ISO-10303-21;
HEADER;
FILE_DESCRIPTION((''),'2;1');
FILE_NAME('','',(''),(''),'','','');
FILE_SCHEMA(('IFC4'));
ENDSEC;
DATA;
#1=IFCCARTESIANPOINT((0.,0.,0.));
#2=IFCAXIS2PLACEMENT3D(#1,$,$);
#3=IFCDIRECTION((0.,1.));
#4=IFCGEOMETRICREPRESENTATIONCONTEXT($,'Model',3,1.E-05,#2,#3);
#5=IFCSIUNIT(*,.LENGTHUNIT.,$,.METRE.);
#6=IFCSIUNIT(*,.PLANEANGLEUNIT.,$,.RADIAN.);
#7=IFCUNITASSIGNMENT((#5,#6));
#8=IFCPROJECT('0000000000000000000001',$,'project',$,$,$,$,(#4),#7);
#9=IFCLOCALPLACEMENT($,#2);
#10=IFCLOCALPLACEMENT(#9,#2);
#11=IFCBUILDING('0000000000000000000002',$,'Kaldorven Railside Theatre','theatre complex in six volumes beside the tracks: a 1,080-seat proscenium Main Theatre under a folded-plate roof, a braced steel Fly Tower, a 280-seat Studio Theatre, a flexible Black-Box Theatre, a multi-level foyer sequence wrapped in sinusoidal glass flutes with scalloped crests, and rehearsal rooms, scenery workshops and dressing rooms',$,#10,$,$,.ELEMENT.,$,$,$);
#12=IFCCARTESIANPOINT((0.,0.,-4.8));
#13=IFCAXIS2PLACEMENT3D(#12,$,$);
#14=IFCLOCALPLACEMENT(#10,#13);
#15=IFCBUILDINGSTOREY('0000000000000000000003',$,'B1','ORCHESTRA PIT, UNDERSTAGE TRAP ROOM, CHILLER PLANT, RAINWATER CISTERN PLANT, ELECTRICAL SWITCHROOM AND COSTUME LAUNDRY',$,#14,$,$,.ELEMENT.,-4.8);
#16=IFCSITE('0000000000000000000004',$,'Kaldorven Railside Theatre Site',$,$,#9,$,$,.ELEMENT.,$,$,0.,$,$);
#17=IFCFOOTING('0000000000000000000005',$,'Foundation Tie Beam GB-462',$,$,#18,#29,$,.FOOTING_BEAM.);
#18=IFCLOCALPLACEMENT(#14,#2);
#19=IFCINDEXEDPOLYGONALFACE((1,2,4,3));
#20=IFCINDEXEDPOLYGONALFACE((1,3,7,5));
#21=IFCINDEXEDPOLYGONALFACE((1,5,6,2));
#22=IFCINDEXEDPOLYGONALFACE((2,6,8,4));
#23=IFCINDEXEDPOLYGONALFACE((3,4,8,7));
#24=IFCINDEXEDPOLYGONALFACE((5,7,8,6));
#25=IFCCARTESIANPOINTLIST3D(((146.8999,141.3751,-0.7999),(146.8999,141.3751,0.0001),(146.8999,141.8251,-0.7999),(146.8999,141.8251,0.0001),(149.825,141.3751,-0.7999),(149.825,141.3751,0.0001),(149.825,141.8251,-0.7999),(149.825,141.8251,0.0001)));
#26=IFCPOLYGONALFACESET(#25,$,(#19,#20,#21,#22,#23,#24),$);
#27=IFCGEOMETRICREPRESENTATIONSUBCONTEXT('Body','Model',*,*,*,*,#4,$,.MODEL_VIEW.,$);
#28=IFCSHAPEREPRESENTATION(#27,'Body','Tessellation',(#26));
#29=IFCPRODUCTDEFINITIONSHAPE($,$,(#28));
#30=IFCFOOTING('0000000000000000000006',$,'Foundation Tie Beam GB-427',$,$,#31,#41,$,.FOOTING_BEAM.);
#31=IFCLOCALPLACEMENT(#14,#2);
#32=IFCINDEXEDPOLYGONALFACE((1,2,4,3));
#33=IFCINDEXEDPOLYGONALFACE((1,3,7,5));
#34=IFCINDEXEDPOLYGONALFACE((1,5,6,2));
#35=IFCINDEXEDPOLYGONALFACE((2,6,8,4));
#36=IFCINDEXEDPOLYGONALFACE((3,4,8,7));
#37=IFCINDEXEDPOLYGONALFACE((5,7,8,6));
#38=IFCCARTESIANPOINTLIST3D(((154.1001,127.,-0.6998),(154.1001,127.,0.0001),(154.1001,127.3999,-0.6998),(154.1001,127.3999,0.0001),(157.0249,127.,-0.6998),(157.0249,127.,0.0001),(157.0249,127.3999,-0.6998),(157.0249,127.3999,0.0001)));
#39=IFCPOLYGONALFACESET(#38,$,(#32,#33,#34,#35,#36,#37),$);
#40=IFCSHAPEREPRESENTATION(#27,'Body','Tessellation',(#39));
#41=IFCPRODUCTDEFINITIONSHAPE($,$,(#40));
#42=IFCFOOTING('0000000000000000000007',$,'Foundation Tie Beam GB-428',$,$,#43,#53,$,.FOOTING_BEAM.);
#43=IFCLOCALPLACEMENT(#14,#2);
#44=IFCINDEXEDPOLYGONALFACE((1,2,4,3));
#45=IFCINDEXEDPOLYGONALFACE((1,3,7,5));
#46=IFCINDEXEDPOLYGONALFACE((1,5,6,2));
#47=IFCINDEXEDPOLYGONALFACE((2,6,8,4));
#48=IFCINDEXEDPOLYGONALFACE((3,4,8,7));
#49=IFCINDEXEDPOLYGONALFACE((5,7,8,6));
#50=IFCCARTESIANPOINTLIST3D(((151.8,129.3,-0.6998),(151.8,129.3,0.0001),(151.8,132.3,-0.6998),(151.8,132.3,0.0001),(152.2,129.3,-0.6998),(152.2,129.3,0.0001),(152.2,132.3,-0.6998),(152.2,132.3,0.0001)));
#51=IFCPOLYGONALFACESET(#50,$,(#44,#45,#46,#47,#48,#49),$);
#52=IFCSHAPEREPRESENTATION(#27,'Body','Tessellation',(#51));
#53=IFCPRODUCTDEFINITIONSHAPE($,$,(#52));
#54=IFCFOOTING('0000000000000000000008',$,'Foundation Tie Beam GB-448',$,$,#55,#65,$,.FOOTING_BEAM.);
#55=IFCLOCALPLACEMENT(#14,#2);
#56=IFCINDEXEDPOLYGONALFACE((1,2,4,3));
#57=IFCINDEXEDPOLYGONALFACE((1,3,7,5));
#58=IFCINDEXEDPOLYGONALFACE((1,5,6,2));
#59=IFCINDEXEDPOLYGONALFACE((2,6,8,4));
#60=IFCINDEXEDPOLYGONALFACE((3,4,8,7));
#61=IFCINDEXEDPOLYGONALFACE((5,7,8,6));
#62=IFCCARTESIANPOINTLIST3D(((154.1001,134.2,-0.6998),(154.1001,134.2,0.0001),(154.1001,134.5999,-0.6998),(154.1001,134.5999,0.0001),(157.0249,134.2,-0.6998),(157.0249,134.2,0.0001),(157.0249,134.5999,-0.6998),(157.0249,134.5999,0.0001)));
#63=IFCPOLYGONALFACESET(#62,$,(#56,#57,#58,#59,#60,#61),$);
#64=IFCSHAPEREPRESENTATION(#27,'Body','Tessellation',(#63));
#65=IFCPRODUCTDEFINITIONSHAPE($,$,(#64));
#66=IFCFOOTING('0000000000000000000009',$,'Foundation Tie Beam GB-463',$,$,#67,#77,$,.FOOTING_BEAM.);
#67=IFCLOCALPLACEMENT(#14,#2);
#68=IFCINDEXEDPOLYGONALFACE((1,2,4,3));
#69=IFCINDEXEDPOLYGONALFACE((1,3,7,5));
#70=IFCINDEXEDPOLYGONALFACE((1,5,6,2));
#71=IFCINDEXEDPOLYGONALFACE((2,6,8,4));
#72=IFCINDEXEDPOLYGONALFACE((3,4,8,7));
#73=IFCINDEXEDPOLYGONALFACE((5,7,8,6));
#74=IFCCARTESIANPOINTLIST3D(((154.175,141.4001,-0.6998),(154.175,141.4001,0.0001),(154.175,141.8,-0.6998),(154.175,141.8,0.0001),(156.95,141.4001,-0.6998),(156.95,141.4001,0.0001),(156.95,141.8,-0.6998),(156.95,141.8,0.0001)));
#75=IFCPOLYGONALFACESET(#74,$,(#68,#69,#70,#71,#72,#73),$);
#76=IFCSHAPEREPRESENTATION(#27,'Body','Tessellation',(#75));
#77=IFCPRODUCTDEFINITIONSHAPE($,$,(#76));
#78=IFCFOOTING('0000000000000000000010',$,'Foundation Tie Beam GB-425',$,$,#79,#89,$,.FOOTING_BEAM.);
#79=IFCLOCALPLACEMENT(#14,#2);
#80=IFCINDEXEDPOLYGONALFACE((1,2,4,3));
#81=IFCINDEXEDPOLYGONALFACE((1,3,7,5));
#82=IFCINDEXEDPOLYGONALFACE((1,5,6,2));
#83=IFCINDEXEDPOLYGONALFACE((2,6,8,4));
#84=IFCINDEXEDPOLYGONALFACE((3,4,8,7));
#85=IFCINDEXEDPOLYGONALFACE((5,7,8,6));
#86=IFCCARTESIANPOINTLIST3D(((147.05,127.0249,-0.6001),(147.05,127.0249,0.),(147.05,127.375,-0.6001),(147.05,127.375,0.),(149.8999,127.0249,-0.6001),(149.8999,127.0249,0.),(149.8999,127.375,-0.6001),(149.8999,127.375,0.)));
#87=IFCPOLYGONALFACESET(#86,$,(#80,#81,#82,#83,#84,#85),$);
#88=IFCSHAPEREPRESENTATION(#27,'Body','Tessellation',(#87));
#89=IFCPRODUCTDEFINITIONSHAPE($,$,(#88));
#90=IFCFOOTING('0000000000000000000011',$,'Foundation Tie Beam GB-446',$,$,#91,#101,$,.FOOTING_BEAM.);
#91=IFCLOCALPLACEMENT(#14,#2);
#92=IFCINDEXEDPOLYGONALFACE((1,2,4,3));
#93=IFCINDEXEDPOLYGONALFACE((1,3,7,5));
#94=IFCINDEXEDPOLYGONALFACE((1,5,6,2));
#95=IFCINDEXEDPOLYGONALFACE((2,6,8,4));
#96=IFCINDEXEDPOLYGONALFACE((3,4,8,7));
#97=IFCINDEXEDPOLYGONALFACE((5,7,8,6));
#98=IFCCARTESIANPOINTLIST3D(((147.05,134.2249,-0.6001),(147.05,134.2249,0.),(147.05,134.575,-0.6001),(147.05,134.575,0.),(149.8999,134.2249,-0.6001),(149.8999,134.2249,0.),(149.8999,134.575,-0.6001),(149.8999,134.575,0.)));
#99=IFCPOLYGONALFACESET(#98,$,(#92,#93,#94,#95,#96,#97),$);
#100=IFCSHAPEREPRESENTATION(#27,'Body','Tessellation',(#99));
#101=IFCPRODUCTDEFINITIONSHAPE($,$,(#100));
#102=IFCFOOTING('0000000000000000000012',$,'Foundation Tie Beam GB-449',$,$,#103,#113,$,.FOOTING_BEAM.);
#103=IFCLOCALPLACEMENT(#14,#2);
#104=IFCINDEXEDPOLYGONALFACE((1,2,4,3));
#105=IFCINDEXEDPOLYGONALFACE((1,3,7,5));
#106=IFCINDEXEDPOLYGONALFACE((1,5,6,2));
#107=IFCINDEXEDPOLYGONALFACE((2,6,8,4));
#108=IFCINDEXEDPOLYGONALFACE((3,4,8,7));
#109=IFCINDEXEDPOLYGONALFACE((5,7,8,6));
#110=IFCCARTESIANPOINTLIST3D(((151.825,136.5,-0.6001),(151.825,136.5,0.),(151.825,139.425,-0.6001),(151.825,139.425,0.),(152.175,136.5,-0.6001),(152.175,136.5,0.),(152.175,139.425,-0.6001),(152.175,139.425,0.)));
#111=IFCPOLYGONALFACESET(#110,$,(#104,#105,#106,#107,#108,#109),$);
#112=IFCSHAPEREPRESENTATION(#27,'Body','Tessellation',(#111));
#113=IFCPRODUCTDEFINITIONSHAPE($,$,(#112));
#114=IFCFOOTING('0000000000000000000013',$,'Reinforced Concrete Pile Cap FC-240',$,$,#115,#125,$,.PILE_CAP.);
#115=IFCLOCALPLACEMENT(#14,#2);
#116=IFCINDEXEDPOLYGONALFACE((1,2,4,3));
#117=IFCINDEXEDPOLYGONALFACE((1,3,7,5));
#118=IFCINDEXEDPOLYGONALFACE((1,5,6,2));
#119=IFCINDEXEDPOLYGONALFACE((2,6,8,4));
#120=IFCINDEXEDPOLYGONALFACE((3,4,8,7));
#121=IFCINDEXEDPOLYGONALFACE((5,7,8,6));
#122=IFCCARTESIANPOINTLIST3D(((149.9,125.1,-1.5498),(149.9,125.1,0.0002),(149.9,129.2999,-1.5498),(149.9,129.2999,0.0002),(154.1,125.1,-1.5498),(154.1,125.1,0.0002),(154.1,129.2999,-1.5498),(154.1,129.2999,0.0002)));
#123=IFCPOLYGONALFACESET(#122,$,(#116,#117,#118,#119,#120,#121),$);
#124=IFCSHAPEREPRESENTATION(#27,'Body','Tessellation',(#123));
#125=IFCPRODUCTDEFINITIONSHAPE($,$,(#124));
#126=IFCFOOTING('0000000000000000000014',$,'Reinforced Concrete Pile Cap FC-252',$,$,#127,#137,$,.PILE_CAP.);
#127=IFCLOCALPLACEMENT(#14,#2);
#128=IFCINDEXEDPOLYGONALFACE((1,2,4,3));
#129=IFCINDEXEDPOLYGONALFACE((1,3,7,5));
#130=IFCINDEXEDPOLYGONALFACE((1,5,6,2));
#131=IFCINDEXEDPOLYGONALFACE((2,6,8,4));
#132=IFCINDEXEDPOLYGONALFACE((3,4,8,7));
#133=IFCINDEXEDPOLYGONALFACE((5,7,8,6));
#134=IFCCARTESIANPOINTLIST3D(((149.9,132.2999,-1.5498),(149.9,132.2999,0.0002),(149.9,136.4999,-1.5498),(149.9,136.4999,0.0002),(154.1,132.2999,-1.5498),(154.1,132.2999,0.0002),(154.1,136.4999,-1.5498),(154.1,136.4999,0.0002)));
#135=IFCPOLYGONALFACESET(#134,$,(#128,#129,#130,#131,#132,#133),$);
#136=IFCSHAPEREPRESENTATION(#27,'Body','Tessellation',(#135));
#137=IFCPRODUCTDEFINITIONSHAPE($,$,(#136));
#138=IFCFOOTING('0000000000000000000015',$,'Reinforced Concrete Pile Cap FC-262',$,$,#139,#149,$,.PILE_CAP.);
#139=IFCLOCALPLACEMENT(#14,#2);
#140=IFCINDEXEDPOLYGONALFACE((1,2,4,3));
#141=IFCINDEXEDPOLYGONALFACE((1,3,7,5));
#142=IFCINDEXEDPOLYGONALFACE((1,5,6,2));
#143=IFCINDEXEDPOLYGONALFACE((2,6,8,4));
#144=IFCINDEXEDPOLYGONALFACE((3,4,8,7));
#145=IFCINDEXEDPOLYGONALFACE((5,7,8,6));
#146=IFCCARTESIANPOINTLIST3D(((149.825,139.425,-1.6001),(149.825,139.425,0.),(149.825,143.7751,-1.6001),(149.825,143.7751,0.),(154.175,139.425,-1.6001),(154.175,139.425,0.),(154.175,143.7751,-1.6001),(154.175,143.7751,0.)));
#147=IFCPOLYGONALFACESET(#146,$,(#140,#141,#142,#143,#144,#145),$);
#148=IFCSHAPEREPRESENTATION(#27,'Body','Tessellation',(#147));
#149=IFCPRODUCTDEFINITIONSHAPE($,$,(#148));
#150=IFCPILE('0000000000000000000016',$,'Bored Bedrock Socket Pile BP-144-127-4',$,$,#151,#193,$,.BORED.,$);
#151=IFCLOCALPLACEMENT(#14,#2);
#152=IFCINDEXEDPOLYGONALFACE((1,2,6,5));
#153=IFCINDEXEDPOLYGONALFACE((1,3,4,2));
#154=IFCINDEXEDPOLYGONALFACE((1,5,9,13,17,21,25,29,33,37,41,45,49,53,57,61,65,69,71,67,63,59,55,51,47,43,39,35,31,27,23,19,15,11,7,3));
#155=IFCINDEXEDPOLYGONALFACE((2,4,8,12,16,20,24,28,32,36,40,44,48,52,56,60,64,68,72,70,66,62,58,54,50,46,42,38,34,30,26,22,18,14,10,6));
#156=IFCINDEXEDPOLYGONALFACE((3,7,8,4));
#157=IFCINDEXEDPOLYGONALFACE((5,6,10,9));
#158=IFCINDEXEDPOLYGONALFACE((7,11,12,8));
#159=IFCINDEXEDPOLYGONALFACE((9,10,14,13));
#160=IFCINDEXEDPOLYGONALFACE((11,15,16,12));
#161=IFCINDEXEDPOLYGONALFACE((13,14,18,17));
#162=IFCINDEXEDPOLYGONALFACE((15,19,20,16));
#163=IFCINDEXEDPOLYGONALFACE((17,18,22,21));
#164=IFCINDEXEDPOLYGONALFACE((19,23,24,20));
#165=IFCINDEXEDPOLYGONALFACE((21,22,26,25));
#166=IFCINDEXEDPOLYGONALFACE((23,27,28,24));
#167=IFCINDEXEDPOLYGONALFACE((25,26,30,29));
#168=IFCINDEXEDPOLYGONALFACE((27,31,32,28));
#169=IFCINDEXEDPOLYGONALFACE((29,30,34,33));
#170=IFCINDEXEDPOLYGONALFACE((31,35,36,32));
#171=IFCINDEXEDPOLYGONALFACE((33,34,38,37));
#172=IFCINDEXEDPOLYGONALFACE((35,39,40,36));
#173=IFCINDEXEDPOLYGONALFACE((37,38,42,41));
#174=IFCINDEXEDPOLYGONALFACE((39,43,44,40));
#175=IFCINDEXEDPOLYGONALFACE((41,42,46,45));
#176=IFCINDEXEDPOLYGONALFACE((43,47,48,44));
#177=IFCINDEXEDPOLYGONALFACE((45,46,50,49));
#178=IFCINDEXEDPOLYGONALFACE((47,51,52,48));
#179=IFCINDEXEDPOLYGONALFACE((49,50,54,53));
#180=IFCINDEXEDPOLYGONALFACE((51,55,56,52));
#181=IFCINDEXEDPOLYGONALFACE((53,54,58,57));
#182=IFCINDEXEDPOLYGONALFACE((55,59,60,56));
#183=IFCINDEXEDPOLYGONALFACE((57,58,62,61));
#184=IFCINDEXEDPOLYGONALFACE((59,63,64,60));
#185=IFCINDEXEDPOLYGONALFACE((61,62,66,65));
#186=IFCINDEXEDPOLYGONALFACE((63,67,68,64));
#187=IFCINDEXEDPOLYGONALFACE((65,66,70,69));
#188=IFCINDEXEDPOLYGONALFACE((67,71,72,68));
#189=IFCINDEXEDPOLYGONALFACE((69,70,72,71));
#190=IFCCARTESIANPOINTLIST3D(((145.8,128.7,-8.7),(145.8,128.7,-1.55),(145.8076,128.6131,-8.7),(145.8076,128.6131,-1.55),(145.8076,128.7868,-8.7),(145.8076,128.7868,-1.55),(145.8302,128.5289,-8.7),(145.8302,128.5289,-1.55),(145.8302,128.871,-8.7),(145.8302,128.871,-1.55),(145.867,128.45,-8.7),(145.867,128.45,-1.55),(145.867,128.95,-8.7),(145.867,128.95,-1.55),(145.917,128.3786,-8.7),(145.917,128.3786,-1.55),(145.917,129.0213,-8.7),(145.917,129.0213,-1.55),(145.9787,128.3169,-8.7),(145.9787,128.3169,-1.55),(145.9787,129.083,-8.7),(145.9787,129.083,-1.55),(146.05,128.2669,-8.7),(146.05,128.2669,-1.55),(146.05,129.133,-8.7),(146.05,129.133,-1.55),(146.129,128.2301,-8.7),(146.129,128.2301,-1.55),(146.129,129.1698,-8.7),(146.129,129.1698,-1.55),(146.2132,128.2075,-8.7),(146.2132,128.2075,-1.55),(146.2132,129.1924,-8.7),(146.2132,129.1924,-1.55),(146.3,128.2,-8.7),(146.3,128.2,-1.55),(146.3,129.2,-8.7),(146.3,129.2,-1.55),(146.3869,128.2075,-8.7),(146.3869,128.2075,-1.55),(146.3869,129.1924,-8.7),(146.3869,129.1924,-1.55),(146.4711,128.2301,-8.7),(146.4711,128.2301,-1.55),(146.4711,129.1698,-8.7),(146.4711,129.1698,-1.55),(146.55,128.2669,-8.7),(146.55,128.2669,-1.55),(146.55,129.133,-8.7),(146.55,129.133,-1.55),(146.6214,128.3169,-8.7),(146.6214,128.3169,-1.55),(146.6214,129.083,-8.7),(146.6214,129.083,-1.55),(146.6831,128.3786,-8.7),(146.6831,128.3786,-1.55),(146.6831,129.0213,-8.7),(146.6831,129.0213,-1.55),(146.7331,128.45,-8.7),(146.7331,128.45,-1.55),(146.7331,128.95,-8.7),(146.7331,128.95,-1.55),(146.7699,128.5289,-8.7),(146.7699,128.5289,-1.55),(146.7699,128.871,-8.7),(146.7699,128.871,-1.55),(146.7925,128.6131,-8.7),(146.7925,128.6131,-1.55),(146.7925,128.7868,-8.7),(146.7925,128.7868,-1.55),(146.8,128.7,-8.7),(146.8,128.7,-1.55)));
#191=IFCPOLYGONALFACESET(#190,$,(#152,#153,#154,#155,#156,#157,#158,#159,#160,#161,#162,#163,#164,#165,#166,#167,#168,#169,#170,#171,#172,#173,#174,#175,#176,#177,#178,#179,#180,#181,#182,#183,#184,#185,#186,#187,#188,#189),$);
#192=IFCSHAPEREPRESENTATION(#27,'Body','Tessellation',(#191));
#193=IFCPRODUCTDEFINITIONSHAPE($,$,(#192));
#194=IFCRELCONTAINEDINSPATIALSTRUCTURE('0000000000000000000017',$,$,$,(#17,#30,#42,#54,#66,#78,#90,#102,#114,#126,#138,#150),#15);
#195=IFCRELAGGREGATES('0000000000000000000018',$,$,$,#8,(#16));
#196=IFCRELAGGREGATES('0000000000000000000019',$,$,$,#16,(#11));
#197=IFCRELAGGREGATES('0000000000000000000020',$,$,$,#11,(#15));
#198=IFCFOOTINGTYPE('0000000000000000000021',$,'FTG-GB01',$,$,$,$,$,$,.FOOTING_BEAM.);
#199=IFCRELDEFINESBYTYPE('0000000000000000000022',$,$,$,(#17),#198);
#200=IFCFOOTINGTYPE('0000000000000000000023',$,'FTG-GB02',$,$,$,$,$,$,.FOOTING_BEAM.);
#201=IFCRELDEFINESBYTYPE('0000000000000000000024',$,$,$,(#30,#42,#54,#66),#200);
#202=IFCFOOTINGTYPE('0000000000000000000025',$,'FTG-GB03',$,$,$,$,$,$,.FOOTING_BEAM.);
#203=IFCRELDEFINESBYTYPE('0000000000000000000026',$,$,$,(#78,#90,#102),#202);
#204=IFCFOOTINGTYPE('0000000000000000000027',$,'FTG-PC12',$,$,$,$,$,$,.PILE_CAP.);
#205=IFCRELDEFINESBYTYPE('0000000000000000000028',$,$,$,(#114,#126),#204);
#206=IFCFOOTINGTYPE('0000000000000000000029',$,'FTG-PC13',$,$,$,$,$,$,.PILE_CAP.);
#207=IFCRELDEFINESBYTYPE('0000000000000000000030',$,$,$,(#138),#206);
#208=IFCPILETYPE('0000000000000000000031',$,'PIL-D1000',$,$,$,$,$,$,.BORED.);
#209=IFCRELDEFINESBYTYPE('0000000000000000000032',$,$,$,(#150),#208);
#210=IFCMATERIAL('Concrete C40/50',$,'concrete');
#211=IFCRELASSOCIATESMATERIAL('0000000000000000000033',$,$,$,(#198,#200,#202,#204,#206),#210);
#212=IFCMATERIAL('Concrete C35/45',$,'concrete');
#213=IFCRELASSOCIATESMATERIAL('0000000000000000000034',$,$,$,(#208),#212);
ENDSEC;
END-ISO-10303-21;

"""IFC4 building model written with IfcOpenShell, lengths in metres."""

from ifc_helpers import new_model, si_unit, direction, frame, origin, origin_2d, place, context, subcontext, project, spatial, rectangle, circle, extrude, material, material_profile, profile_set, type_object, element, save


model = new_model("IFC4")

# Units and contexts
model_context = context("Model", 3, precision=1e-05, world=origin(), true_north=direction((0.0, 1.0)))
body_context = subcontext(model_context, "Body", "Model", "MODEL_VIEW")
ifc_project = project(units=[si_unit("LENGTHUNIT", "METRE"), si_unit("PLANEANGLEUNIT", "RADIAN")], contexts=[model_context])

# Site, building, storey
site_placement = place(None, origin())
site = spatial("IfcSite", under=ifc_project, at=site_placement, Name="Kaldorven Railside Theatre Site", CompositionType="ELEMENT", RefElevation=0.0)
building_placement = place(site_placement, origin())
building = spatial("IfcBuilding", under=site, at=building_placement, Name="Kaldorven Railside Theatre", Description="theatre complex in six volumes beside the tracks: a 1,080-seat proscenium Main Theatre under a folded-plate roof, a braced steel Fly Tower, a 280-seat Studio Theatre, a flexible Black-Box Theatre, a multi-level foyer sequence wrapped in sinusoidal glass flutes with scalloped crests, and rehearsal rooms, scenery workshops and dressing rooms", CompositionType="ELEMENT")
storey_placement = place(building_placement, frame((0.0, 0.0, -4.8)))
storey = spatial("IfcBuildingStorey", under=building, at=storey_placement, Name="B1", Description="ORCHESTRA PIT, UNDERSTAGE TRAP ROOM, CHILLER PLANT, RAINWATER CISTERN PLANT, ELECTRICAL SWITCHROOM AND COSTUME LAUNDRY", CompositionType="ELEMENT", Elevation=-4.8)

# Footings
ifc_material_1 = material(Name="Concrete C40/50", Category="concrete")
ifc_material_profile_1 = material_profile(ifc_material_1, rectangle(XDim=0.45, YDim=0.8, at=origin_2d()), Name="RC 450x800")
ifc_profile_set_1 = profile_set([ifc_material_profile_1], Name="Concrete C40/50")
footing_type_1 = type_object("IfcFootingType", Name="FTG-GB01", PredefinedType="FOOTING_BEAM", material=ifc_profile_set_1)
footing_1_placement = place(storey_placement, frame((146.8999, 141.6001, -0.3999), z_axis=(1.0, 0.0, 0.0), x_axis=(0.0, 1.0, 0.0)))
element("IfcFooting", 1, at=footing_1_placement, inside=storey, type_object=footing_type_1, Name="Foundation Tie Beam GB-462", PredefinedType="FOOTING_BEAM", context=body_context, shape_type="SweptSolid", body=[
    extrude(rectangle(XDim=0.45, YDim=0.8, at=origin_2d()), origin(), (0.0, 0.0, 1.0), 2.925),
])
ifc_material_profile_2 = material_profile(ifc_material_1, rectangle(XDim=0.3999, YDim=0.7, at=origin_2d()), Name="RC 400x700")
ifc_profile_set_2 = profile_set([ifc_material_profile_2], Name="Concrete C40/50")
footing_type_2 = type_object("IfcFootingType", Name="FTG-GB02", PredefinedType="FOOTING_BEAM", material=ifc_profile_set_2)
footing_2_placement = place(storey_placement, frame((154.1001, 127.2, -0.3499), z_axis=(1.0, 0.0, 0.0), x_axis=(0.0, 1.0, 0.0)))
element("IfcFooting", 2, at=footing_2_placement, inside=storey, type_object=footing_type_2, Name="Foundation Tie Beam GB-427", PredefinedType="FOOTING_BEAM", context=body_context, shape_type="SweptSolid", body=[
    extrude(rectangle(XDim=0.3999, YDim=0.7, at=origin_2d()), origin(), (0.0, 0.0, 1.0), 2.9248),
])
footing_3_placement = place(storey_placement, frame((152.0, 129.3, -0.3499), z_axis=(0.0, 1.0, 0.0), x_axis=(-1.0, 0.0, 0.0)))
element("IfcFooting", 3, at=footing_3_placement, inside=storey, type_object=footing_type_2, Name="Foundation Tie Beam GB-428", PredefinedType="FOOTING_BEAM", context=body_context, shape_type="SweptSolid", body=[
    extrude(rectangle(XDim=0.3999, YDim=0.7, at=origin_2d()), origin(), (0.0, 0.0, 1.0), 3.0),
])
footing_4_placement = place(storey_placement, frame((154.1001, 134.3999, -0.3499), z_axis=(1.0, 0.0, 0.0), x_axis=(0.0, 1.0, 0.0)))
element("IfcFooting", 4, at=footing_4_placement, inside=storey, type_object=footing_type_2, Name="Foundation Tie Beam GB-448", PredefinedType="FOOTING_BEAM", context=body_context, shape_type="SweptSolid", body=[
    extrude(rectangle(XDim=0.3999, YDim=0.7, at=origin_2d()), origin(), (0.0, 0.0, 1.0), 2.9248),
])
footing_5_placement = place(storey_placement, frame((154.175, 141.6001, -0.3499), z_axis=(1.0, 0.0, 0.0), x_axis=(0.0, 1.0, 0.0)))
element("IfcFooting", 5, at=footing_5_placement, inside=storey, type_object=footing_type_2, Name="Foundation Tie Beam GB-463", PredefinedType="FOOTING_BEAM", context=body_context, shape_type="SweptSolid", body=[
    extrude(rectangle(XDim=0.3999, YDim=0.7, at=origin_2d()), origin(), (0.0, 0.0, 1.0), 2.7749),
])
ifc_material_profile_3 = material_profile(ifc_material_1, rectangle(XDim=0.3501, YDim=0.6001, at=origin_2d()), Name="RC 350x600")
ifc_profile_set_3 = profile_set([ifc_material_profile_3], Name="Concrete C40/50")
footing_type_3 = type_object("IfcFootingType", Name="FTG-GB03", PredefinedType="FOOTING_BEAM", material=ifc_profile_set_3)
for number, where, z_axis, x_axis, name in (
    (6, (147.05, 127.2, -0.3), (1.0, 0.0, 0.0), (0.0, 1.0, 0.0), "Foundation Tie Beam GB-425"),
    (7, (147.05, 134.3999, -0.3), (1.0, 0.0, 0.0), (0.0, 1.0, 0.0), "Foundation Tie Beam GB-446"),
):
    element("IfcFooting", number, at=place(storey_placement, frame(where, z_axis=z_axis, x_axis=x_axis)), inside=storey, type_object=footing_type_3, Name=name, PredefinedType="FOOTING_BEAM", context=body_context, shape_type="SweptSolid", body=[
        extrude(rectangle(XDim=0.3501, YDim=0.6001, at=origin_2d()), origin(), (0.0, 0.0, 1.0), 2.8499),
    ])
footing_6_placement = place(storey_placement, frame((152.0, 136.5, -0.3), z_axis=(0.0, 1.0, 0.0), x_axis=(-1.0, 0.0, 0.0)))
element("IfcFooting", 8, at=footing_6_placement, inside=storey, type_object=footing_type_3, Name="Foundation Tie Beam GB-449", PredefinedType="FOOTING_BEAM", context=body_context, shape_type="SweptSolid", body=[
    extrude(rectangle(XDim=0.3501, YDim=0.6001, at=origin_2d()), origin(), (0.0, 0.0, 1.0), 2.925),
])
footing_type_4 = type_object("IfcFootingType", Name="FTG-PC12", PredefinedType="PILE_CAP", material=ifc_material_1)
for number, where, z_axis, x_axis, name in (
    (9, (152.0, 127.2, -1.5498), (0.0, 0.0, 1.0), (1.0, 0.0, 0.0), "Reinforced Concrete Pile Cap FC-240"),
    (10, (152.0, 134.3999, -1.5498), (0.0, 0.0, 1.0), (1.0, 0.0, 0.0), "Reinforced Concrete Pile Cap FC-252"),
):
    element("IfcFooting", number, at=place(storey_placement, frame(where, z_axis=z_axis, x_axis=x_axis)), inside=storey, type_object=footing_type_4, Name=name, PredefinedType="PILE_CAP", context=body_context, shape_type="SweptSolid", body=[
        extrude(rectangle(XDim=4.2, YDim=4.2, at=origin_2d()), origin(), (0.0, 0.0, 1.0), 1.55),
    ])
footing_type_5 = type_object("IfcFootingType", Name="FTG-PC13", PredefinedType="PILE_CAP", material=ifc_material_1)
footing_7_placement = place(storey_placement, frame((152.0, 141.6001, -1.6001), z_axis=(0.0, 0.0, 1.0), x_axis=(1.0, 0.0, 0.0)))
element("IfcFooting", 11, at=footing_7_placement, inside=storey, type_object=footing_type_5, Name="Reinforced Concrete Pile Cap FC-262", PredefinedType="PILE_CAP", context=body_context, shape_type="SweptSolid", body=[
    extrude(rectangle(XDim=4.3501, YDim=4.3501, at=origin_2d()), origin(), (0.0, 0.0, 1.0), 1.6001),
])

# Pile
ifc_material_2 = material(Name="Concrete C35/45", Category="concrete")
ifc_material_profile_4 = material_profile(ifc_material_2, circle(Radius=0.5, at=origin_2d()), Name="BP D1000")
ifc_profile_set_4 = profile_set([ifc_material_profile_4], Name="Concrete C35/45")
pile_type_1 = type_object("IfcPileType", Name="PIL-D1000", PredefinedType="BORED", material=ifc_profile_set_4)
for number, where, z_axis, x_axis, name in (
    (12, (146.3, 128.7, -1.55), (0.0, 0.0, -1.0), (1.0, 0.0, 0.0), "Bored Bedrock Socket Pile BP-144-127-4"),
):
    element("IfcPile", number, at=place(storey_placement, frame(where, z_axis=z_axis, x_axis=x_axis)), inside=storey, type_object=pile_type_1, Name=name, PredefinedType="BORED", context=body_context, shape_type="SweptSolid", body=[
        extrude(circle(Radius=0.5, at=origin_2d()), origin(), (0.0, 0.0, 1.0), 7.1499),
    ])

save(model, "model.ifc")
